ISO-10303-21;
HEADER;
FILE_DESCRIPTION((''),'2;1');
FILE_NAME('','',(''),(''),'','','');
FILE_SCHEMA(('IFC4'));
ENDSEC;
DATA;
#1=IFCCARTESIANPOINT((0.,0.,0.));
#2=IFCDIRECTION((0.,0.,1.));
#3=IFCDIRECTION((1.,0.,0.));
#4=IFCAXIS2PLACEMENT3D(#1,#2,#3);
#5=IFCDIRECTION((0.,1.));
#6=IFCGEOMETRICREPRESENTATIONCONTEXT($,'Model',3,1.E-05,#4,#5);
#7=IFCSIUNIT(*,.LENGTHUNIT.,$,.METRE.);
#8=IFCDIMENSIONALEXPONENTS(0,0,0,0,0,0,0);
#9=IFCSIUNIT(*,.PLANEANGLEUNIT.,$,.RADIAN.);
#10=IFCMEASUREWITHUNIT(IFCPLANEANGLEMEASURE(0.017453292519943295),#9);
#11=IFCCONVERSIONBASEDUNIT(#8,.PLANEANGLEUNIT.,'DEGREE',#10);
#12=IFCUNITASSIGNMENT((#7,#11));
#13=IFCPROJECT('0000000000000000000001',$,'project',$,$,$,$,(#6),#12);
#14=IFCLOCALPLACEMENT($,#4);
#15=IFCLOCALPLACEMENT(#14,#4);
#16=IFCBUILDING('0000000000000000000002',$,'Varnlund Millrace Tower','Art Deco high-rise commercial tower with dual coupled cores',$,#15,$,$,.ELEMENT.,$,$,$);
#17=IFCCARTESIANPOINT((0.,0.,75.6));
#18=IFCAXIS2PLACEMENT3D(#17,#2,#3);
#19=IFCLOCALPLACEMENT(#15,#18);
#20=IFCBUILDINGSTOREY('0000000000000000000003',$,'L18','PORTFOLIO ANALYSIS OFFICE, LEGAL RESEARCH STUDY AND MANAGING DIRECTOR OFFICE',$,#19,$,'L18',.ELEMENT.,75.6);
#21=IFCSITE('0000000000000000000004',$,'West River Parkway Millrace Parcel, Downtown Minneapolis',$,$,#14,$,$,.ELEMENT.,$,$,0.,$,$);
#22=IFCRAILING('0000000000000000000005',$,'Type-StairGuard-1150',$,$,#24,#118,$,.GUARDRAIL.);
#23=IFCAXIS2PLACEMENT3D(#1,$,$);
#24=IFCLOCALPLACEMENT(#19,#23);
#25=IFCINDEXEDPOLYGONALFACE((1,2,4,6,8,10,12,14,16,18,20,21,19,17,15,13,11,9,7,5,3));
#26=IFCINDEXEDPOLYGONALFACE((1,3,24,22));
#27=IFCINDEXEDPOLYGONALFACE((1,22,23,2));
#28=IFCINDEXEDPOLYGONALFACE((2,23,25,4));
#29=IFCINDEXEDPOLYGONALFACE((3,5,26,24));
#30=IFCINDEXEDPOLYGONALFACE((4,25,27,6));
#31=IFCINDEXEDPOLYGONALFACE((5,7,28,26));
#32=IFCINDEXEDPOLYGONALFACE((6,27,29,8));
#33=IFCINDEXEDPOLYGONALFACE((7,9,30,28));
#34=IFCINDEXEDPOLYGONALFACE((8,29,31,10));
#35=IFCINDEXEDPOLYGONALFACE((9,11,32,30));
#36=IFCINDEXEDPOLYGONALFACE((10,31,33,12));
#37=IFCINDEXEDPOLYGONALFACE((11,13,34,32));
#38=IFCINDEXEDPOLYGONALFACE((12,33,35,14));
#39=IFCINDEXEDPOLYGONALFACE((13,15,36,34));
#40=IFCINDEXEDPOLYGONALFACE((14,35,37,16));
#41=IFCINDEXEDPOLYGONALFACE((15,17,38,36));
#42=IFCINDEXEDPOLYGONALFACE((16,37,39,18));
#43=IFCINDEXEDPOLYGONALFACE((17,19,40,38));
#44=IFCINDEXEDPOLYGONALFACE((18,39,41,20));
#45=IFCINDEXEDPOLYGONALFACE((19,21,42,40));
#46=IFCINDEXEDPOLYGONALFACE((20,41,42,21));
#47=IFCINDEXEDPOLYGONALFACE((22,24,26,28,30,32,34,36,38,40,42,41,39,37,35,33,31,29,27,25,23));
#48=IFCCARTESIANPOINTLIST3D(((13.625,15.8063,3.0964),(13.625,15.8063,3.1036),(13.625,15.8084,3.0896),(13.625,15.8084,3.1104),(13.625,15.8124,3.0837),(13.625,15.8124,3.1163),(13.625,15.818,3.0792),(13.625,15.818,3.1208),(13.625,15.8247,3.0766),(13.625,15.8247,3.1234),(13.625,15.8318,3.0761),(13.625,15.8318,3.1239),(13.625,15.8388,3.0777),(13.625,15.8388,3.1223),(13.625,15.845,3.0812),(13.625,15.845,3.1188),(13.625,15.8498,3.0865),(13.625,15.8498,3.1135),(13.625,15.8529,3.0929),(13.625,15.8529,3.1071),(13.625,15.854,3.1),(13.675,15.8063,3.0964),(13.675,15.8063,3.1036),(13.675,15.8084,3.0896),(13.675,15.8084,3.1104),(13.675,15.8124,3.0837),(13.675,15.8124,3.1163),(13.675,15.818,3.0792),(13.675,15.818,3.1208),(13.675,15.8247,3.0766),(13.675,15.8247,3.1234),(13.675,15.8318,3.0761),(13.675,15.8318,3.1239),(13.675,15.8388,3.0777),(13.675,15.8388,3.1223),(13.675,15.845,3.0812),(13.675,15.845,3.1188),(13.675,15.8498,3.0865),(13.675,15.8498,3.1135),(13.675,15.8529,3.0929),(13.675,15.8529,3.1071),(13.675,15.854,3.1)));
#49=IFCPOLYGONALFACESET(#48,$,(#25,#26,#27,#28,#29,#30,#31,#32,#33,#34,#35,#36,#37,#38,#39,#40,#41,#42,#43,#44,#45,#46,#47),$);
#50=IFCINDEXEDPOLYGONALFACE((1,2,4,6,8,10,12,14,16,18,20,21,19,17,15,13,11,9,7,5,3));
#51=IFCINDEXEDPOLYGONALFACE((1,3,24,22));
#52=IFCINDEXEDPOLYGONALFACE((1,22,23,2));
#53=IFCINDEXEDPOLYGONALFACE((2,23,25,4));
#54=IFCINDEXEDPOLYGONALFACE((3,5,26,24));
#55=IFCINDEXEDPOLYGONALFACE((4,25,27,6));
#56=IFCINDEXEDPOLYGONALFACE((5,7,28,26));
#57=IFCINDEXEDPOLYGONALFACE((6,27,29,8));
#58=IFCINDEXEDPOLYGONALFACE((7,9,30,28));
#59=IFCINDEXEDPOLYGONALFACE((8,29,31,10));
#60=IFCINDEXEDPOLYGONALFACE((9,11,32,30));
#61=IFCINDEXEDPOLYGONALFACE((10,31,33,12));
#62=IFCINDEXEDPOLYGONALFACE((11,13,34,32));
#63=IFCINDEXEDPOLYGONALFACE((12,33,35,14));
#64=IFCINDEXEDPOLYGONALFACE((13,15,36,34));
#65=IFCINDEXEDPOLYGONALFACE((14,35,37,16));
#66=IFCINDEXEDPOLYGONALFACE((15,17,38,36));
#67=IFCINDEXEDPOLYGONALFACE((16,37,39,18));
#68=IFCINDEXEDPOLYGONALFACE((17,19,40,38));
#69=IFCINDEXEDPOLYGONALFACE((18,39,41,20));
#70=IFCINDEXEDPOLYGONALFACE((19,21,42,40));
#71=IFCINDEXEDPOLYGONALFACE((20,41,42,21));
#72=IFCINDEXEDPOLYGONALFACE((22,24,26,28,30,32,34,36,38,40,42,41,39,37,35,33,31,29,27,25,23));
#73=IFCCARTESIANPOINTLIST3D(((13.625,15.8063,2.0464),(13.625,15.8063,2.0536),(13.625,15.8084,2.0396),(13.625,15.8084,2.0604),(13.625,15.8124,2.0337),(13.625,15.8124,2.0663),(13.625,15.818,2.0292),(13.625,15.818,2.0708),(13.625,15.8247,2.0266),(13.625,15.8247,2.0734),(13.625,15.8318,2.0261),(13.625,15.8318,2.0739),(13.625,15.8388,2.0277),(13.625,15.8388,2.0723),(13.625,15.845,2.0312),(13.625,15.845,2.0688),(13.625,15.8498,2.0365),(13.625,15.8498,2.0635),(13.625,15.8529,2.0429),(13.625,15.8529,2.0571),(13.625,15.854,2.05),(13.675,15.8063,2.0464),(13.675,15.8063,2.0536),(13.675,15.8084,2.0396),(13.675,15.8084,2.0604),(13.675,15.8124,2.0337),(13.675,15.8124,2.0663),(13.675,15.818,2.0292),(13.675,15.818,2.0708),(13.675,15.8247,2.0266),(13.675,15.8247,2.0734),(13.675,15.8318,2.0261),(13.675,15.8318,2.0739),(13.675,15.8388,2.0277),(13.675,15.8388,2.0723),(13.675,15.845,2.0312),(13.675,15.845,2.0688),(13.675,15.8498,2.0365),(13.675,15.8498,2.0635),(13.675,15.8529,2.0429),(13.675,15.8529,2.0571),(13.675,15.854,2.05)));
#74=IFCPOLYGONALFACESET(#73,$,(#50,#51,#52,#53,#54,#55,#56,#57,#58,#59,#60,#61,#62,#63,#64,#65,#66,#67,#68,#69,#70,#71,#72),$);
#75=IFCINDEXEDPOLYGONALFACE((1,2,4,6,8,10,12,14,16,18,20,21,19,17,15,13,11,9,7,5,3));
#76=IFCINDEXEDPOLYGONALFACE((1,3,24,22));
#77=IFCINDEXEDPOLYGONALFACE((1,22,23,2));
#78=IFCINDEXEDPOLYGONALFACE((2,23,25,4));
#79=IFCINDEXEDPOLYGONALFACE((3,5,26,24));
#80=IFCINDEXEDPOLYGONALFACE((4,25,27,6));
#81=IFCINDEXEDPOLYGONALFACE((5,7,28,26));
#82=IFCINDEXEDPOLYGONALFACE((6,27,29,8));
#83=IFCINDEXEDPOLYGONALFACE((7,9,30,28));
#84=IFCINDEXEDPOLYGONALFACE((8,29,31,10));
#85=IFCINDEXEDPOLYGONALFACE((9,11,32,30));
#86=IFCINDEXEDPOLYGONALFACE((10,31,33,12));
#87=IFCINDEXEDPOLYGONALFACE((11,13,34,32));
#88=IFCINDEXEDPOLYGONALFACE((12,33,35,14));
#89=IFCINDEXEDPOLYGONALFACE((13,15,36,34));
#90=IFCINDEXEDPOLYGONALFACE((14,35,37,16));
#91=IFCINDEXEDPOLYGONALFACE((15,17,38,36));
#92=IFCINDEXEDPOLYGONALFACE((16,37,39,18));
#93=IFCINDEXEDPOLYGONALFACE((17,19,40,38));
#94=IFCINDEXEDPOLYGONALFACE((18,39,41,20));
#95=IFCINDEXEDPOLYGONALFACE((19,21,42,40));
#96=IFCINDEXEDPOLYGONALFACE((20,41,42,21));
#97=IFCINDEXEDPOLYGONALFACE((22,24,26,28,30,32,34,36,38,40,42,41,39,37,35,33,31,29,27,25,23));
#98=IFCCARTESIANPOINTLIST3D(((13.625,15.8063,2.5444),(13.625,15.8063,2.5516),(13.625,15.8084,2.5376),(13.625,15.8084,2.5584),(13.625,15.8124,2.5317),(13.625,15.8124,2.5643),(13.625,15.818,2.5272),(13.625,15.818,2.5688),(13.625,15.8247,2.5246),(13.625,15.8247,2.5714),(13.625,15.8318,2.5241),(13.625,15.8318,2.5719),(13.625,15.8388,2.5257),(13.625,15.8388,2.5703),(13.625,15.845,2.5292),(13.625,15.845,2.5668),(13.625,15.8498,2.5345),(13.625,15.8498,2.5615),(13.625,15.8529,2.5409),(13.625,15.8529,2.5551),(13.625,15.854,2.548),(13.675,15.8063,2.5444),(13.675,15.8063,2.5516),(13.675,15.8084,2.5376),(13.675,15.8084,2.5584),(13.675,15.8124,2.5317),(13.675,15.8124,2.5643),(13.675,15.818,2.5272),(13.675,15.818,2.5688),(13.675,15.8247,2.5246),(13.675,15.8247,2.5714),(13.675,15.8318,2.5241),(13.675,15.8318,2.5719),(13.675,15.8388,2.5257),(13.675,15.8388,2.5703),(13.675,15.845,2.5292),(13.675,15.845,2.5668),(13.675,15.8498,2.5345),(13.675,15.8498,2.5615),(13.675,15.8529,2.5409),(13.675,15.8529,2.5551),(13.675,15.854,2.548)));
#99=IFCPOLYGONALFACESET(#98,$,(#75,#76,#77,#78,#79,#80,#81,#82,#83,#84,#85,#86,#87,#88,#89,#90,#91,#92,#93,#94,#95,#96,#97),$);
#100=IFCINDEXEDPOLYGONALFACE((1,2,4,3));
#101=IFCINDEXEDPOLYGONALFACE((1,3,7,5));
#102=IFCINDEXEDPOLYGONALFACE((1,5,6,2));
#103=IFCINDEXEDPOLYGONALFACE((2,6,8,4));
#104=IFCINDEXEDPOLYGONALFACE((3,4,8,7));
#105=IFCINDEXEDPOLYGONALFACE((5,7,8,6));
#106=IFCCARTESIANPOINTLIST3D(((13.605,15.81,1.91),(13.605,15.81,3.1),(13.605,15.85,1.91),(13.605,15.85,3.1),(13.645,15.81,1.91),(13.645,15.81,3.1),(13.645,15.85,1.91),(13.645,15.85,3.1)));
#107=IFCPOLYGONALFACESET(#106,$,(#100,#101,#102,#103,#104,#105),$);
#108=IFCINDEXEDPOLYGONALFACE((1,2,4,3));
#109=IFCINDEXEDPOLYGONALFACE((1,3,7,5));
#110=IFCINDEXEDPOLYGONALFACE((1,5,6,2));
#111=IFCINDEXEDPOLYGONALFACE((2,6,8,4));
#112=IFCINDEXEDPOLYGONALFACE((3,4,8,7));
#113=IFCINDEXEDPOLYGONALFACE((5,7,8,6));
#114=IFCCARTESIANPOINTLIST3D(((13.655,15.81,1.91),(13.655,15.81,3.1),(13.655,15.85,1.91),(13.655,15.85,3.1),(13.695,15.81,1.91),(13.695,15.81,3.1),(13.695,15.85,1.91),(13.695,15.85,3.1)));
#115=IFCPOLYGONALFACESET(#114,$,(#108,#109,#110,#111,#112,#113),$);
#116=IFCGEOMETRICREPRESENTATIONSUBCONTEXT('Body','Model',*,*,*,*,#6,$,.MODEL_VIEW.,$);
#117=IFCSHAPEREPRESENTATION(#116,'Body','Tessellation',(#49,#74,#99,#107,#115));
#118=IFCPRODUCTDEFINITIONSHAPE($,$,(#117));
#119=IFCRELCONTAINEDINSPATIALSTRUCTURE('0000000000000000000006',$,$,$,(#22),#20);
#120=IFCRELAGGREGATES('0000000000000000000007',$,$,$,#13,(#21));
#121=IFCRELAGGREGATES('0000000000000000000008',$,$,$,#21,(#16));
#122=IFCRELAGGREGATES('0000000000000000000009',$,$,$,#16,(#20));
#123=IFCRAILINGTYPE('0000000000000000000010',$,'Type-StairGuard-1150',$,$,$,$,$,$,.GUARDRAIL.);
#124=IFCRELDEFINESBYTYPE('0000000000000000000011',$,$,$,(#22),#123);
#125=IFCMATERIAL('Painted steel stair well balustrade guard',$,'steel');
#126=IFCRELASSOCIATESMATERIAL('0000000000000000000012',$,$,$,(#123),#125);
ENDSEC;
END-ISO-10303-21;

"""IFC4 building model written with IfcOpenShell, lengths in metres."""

from ifc_helpers import new_model, entity, si_unit, converted_unit, direction, frame, origin_with_axes, origin_2d_with_axis, place, context, subcontext, project, spatial, rectangle, circle, extrude, material, type_object, element, save


model = new_model("IFC4")

# Units and contexts
model_context = context("Model", 3, precision=1e-05, world=origin_with_axes(), true_north=direction((0.0, 1.0)))
body_context = subcontext(model_context, "Body", "Model", "MODEL_VIEW")
ifc_project = project(units=[si_unit("LENGTHUNIT", "METRE"), converted_unit("PLANEANGLEUNIT", "DEGREE", entity("IfcPlaneAngleMeasure", 0.017453292519943295), si_unit("PLANEANGLEUNIT", "RADIAN"), dimensions=[0, 0, 0, 0, 0, 0, 0])], contexts=[model_context])

# Site, building, storey
site_placement = place(None, origin_with_axes())
site = spatial("IfcSite", under=ifc_project, at=site_placement, Name="West River Parkway Millrace Parcel, Downtown Minneapolis", CompositionType="ELEMENT", RefElevation=0.0)
building_placement = place(site_placement, origin_with_axes())
building = spatial("IfcBuilding", under=site, at=building_placement, Name="Varnlund Millrace Tower", Description="Art Deco high-rise commercial tower with dual coupled cores", CompositionType="ELEMENT")
storey_placement = place(building_placement, frame((0.0, 0.0, 75.6), z_axis=(0.0, 0.0, 1.0), x_axis=(1.0, 0.0, 0.0)))
storey = spatial("IfcBuildingStorey", under=building, at=storey_placement, Name="L18", Description="PORTFOLIO ANALYSIS OFFICE, LEGAL RESEARCH STUDY AND MANAGING DIRECTOR OFFICE", LongName="L18", CompositionType="ELEMENT", Elevation=75.6)

# Railing
ifc_material_1 = material(Name="Painted steel stair well balustrade guard", Category="steel")
railing_type_1 = type_object("IfcRailingType", Name="Type-StairGuard-1150", PredefinedType="GUARDRAIL", material=ifc_material_1)
railing_1_placement = place(storey_placement, frame((0.0, 0.0, -75.6), z_axis=(0.0, 0.0, 1.0), x_axis=(1.0, 0.0, 0.0)))
element("IfcRailing", 1, at=railing_1_placement, inside=storey, type_object=railing_type_1, Name="Type-StairGuard-1150", PredefinedType="GUARDRAIL", context=body_context, shape_type="SweptSolid", body=[
    extrude(circle(Radius=0.024, at=origin_2d_with_axis()), frame((13.625, 15.83, 78.7), z_axis=(1.0, 0.0, 0.0), x_axis=(0.0, 1.0, 0.0)), (0.0, 0.0, 1.0), 0.05),
    extrude(circle(Radius=0.024, at=origin_2d_with_axis()), frame((13.625, 15.83, 77.65), z_axis=(1.0, 0.0, 0.0), x_axis=(0.0, 1.0, 0.0)), (0.0, 0.0, 1.0), 0.05),
    extrude(circle(Radius=0.024, at=origin_2d_with_axis()), frame((13.625, 15.83, 78.148), z_axis=(1.0, 0.0, 0.0), x_axis=(0.0, 1.0, 0.0)), (0.0, 0.0, 1.0), 0.05),
    extrude(rectangle(XDim=0.04, YDim=0.04, at=origin_2d_with_axis()), frame((13.625, 15.83, 77.51), z_axis=(0.0, 0.0, 1.0), x_axis=(1.0, 0.0, 0.0)), (0.0, 0.0, 1.0), 1.19),
    extrude(rectangle(XDim=0.04, YDim=0.04, at=origin_2d_with_axis()), frame((13.675, 15.83, 77.51), z_axis=(0.0, 0.0, 1.0), x_axis=(1.0, 0.0, 0.0)), (0.0, 0.0, 1.0), 1.19),
])

save(model, "model.ifc")
